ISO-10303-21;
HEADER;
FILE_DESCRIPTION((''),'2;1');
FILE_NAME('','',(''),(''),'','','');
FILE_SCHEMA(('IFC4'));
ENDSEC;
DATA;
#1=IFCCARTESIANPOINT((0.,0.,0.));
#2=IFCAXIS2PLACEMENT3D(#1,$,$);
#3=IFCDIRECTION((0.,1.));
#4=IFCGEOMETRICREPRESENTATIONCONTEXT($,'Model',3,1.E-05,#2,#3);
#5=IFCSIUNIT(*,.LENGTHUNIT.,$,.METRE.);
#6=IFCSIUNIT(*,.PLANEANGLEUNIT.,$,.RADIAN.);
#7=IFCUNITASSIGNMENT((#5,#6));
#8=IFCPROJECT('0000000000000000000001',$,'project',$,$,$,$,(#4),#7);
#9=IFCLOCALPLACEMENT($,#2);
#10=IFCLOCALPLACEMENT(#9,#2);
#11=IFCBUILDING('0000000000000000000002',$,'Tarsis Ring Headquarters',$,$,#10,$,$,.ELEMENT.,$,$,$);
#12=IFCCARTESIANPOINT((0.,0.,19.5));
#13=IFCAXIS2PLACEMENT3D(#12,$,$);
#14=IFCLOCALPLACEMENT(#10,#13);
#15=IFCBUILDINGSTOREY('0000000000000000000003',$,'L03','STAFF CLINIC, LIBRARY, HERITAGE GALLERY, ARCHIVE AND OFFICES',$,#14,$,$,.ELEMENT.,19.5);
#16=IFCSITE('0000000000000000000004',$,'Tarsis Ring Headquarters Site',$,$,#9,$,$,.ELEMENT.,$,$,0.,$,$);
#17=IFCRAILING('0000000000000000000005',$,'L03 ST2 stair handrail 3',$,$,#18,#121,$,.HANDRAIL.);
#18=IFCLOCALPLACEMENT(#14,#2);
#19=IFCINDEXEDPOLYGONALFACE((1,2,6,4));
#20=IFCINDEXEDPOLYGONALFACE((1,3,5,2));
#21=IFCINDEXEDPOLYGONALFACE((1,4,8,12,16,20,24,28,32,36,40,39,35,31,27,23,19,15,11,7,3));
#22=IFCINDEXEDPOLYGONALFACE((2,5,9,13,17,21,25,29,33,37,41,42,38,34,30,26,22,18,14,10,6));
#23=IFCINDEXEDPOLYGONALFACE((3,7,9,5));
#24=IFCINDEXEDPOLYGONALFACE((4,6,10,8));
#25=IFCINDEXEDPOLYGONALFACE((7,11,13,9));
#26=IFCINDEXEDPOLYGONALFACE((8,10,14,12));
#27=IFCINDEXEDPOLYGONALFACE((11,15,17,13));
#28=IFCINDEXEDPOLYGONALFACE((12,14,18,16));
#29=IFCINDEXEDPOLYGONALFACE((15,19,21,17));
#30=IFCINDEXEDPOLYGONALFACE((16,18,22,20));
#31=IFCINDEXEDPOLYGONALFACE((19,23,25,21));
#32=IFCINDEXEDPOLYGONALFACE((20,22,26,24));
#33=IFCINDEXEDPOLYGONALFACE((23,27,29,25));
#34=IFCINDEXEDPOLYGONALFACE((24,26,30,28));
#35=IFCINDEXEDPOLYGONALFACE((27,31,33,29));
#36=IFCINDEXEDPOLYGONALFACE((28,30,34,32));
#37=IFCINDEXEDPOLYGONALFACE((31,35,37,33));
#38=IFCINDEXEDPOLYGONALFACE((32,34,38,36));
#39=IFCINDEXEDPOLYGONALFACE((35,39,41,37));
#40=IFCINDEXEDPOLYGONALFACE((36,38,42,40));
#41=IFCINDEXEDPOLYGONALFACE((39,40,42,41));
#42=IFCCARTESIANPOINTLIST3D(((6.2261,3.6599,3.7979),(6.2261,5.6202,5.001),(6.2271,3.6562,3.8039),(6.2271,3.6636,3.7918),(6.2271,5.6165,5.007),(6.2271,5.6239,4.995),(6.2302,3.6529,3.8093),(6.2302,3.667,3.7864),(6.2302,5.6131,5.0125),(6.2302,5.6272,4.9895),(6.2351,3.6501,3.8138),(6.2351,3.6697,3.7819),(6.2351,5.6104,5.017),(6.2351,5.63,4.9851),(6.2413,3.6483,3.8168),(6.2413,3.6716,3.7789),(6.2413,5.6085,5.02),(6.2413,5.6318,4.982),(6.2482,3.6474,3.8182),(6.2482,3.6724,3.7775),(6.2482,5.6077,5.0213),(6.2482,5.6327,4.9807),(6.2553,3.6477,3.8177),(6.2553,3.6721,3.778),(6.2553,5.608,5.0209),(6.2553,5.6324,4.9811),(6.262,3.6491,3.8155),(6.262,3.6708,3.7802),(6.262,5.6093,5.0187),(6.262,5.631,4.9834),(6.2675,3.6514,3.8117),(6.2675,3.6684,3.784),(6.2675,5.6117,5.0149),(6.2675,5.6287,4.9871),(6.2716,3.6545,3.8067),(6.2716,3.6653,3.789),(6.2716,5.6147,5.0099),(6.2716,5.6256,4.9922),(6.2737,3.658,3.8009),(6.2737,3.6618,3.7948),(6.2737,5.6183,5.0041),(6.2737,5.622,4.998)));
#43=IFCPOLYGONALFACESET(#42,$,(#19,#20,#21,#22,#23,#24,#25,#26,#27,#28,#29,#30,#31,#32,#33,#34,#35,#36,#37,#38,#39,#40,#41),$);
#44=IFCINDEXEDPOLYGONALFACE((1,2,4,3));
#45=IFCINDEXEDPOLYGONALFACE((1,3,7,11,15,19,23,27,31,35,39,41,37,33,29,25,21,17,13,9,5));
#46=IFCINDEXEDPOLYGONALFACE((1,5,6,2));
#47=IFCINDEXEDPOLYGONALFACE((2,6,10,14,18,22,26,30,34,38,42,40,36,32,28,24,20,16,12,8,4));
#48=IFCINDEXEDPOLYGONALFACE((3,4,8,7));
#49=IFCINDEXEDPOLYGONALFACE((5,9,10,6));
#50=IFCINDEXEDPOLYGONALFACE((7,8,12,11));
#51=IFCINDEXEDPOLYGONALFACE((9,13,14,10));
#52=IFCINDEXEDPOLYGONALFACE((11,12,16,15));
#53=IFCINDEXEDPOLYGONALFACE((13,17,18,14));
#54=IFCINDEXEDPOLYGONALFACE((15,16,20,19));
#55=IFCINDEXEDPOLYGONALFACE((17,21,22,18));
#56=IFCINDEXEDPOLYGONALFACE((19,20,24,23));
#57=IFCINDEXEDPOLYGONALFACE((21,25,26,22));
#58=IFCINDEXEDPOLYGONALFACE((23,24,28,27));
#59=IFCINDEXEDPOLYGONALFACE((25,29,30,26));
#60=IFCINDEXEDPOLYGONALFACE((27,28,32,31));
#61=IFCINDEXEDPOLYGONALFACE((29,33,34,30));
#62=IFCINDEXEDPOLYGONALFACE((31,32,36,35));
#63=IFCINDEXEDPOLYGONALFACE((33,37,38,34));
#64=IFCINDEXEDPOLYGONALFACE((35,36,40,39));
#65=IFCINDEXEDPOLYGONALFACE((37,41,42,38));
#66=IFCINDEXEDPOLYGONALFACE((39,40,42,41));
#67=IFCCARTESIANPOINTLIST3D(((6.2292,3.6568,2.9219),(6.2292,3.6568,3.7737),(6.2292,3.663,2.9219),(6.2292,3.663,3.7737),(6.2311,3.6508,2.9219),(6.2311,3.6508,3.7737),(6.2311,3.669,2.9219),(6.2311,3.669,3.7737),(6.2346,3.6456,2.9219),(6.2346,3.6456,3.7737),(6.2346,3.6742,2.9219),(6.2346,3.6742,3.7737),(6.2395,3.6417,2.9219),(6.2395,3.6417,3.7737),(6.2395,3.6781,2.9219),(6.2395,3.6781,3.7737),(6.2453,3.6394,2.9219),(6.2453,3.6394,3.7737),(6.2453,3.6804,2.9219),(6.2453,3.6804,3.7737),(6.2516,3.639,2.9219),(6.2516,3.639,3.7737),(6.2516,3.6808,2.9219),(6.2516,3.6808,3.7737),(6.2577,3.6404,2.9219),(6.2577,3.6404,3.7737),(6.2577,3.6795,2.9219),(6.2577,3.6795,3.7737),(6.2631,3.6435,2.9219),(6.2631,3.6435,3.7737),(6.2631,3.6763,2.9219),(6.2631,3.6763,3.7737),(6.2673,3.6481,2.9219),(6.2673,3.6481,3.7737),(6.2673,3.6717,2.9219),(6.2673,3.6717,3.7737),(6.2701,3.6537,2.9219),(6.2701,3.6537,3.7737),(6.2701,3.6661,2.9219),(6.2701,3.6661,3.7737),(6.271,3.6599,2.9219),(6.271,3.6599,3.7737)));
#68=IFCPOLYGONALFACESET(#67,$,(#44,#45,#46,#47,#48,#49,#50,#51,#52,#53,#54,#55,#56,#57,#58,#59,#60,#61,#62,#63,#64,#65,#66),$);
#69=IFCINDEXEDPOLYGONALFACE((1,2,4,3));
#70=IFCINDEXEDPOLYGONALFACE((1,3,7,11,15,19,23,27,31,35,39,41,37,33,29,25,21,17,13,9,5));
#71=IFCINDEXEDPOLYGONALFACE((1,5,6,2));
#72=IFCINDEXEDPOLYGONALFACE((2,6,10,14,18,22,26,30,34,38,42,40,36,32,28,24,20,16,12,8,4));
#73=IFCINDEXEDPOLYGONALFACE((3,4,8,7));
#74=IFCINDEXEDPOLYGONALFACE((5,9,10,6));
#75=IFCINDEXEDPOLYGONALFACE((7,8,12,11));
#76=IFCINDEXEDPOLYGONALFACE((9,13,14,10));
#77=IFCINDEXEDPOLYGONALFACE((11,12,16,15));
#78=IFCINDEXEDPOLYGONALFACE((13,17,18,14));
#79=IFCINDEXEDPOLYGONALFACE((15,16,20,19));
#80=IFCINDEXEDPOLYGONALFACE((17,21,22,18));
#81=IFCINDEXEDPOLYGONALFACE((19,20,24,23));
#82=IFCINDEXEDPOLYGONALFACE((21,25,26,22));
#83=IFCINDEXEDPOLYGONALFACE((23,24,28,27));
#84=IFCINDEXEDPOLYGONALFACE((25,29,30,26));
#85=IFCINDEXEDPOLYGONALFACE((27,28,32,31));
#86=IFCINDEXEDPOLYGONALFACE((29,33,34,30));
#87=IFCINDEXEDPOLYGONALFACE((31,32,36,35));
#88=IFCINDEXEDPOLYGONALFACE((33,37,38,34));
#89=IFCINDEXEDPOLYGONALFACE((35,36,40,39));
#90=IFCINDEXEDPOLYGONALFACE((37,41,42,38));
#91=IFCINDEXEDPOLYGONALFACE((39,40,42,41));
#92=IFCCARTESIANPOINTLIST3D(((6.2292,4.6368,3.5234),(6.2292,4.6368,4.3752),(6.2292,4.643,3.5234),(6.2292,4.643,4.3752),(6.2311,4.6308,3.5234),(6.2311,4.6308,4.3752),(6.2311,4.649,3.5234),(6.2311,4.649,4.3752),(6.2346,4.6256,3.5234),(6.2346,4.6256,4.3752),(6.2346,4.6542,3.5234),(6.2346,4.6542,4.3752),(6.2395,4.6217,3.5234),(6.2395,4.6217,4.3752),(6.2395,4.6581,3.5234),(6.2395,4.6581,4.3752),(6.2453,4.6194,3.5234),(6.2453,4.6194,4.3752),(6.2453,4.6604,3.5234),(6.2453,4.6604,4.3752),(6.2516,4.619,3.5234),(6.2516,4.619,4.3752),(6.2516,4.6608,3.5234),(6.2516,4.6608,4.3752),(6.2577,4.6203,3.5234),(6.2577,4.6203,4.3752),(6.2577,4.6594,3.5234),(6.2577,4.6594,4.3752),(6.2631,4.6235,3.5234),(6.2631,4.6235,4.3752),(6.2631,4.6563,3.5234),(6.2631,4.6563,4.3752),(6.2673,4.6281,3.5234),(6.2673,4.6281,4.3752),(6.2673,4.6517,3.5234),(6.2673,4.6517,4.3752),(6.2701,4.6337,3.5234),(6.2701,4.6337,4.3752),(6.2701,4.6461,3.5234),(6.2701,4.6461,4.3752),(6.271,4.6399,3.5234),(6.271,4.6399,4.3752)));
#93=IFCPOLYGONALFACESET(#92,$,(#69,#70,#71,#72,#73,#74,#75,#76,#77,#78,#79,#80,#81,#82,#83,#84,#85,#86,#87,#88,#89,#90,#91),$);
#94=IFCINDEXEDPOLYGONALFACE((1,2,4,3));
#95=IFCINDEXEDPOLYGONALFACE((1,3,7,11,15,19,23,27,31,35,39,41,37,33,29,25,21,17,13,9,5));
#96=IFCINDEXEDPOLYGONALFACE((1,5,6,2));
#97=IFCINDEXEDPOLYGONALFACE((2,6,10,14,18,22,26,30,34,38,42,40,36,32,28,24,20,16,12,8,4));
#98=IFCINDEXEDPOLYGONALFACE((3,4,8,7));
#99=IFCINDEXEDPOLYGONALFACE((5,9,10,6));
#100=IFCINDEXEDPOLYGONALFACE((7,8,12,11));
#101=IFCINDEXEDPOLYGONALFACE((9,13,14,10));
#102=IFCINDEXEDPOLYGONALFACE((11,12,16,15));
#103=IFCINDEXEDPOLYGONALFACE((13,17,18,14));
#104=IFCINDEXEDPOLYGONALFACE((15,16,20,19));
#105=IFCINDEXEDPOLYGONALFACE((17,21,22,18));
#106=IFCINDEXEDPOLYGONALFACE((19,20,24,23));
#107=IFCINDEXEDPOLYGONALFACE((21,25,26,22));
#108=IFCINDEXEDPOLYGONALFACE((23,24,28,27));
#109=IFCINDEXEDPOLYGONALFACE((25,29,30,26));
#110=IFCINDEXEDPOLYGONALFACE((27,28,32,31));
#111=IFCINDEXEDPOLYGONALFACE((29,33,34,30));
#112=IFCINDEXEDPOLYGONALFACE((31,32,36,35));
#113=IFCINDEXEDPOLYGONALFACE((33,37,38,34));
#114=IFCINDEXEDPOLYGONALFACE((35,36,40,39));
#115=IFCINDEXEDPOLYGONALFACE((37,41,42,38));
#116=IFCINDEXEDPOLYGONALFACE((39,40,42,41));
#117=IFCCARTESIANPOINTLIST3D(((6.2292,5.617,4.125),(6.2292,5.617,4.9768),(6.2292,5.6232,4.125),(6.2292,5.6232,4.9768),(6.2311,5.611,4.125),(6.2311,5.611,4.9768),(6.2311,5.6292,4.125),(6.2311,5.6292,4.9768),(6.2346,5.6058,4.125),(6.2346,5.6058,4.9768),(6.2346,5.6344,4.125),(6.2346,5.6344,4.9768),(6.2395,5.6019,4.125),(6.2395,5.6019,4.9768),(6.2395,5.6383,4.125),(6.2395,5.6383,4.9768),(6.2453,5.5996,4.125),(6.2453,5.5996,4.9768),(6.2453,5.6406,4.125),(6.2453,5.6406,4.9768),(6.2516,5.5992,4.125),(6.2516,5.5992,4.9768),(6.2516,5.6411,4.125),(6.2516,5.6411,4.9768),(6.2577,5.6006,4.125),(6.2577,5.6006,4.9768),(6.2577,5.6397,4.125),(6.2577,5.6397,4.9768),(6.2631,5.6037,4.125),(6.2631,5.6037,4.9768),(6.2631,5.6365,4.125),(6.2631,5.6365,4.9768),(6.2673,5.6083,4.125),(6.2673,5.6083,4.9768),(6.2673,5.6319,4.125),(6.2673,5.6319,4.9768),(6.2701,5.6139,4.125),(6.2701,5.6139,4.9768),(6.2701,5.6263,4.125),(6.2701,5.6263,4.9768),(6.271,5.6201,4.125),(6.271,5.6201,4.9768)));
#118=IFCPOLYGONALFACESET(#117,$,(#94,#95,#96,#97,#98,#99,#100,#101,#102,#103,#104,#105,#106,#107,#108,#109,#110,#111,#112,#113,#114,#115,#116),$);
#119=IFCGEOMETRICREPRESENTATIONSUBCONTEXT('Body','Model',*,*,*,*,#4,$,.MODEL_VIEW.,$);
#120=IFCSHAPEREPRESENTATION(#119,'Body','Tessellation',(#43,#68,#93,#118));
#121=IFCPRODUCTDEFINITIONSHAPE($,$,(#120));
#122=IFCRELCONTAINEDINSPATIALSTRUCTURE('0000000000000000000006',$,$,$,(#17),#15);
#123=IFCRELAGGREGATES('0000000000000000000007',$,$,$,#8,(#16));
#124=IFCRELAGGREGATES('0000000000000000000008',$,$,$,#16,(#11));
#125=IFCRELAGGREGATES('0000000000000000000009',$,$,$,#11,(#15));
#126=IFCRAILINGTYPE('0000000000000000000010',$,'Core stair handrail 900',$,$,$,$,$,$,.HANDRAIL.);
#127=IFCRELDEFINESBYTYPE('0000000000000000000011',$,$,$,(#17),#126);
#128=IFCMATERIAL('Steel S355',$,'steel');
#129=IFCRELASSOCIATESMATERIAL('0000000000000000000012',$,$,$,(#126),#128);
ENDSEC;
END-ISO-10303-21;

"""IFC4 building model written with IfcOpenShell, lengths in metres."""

from ifc_helpers import new_model, si_unit, direction, frame, origin, origin_2d, place, context, subcontext, project, spatial, circle, extrude, material, type_object, element, save


model = new_model("IFC4")

# Units and contexts
model_context = context("Model", 3, precision=1e-05, world=origin(), true_north=direction((0.0, 1.0)))
body_context = subcontext(model_context, "Body", "Model", "MODEL_VIEW")
ifc_project = project(units=[si_unit("LENGTHUNIT", "METRE"), si_unit("PLANEANGLEUNIT", "RADIAN")], contexts=[model_context])

# Site, building, storey
site_placement = place(None, origin())
site = spatial("IfcSite", under=ifc_project, at=site_placement, Name="Tarsis Ring Headquarters Site", CompositionType="ELEMENT", RefElevation=0.0)
building_placement = place(site_placement, origin())
building = spatial("IfcBuilding", under=site, at=building_placement, Name="Tarsis Ring Headquarters", CompositionType="ELEMENT")
storey_placement = place(building_placement, frame((0.0, 0.0, 19.5)))
storey = spatial("IfcBuildingStorey", under=building, at=storey_placement, Name="L03", Description="STAFF CLINIC, LIBRARY, HERITAGE GALLERY, ARCHIVE AND OFFICES", CompositionType="ELEMENT", Elevation=19.5)

# Railing
ifc_material_1 = material(Name="Steel S355", Category="steel")
railing_type_1 = type_object("IfcRailingType", Name="Core stair handrail 900", PredefinedType="HANDRAIL", material=ifc_material_1)
railing_1_placement = place(storey_placement, frame((6.25, 3.6599, 2.9219)))
element("IfcRailing", 1, at=railing_1_placement, inside=storey, type_object=railing_type_1, Name="L03 ST2 stair handrail 3", PredefinedType="HANDRAIL", context=body_context, shape_type="SweptSolid", body=[
    extrude(circle(Radius=0.0239, at=origin_2d()), frame((0.0, 0.0, 0.876), z_axis=(0.0, 0.85227, 0.523102), x_axis=(-1.0, 0.0, 0.0)), (0.0, 0.0, 1.0), 2.3),
    extrude(circle(Radius=0.021, at=origin_2d()), origin(), (0.0, 0.0, 1.0), 0.8518),
    extrude(circle(Radius=0.021, at=origin_2d()), frame((0.0, 0.98, 0.6016)), (0.0, 0.0, 1.0), 0.8518),
    extrude(circle(Radius=0.021, at=origin_2d()), frame((0.0, 1.9602, 1.2031)), (0.0, 0.0, 1.0), 0.8518),
])

save(model, "model.ifc")
